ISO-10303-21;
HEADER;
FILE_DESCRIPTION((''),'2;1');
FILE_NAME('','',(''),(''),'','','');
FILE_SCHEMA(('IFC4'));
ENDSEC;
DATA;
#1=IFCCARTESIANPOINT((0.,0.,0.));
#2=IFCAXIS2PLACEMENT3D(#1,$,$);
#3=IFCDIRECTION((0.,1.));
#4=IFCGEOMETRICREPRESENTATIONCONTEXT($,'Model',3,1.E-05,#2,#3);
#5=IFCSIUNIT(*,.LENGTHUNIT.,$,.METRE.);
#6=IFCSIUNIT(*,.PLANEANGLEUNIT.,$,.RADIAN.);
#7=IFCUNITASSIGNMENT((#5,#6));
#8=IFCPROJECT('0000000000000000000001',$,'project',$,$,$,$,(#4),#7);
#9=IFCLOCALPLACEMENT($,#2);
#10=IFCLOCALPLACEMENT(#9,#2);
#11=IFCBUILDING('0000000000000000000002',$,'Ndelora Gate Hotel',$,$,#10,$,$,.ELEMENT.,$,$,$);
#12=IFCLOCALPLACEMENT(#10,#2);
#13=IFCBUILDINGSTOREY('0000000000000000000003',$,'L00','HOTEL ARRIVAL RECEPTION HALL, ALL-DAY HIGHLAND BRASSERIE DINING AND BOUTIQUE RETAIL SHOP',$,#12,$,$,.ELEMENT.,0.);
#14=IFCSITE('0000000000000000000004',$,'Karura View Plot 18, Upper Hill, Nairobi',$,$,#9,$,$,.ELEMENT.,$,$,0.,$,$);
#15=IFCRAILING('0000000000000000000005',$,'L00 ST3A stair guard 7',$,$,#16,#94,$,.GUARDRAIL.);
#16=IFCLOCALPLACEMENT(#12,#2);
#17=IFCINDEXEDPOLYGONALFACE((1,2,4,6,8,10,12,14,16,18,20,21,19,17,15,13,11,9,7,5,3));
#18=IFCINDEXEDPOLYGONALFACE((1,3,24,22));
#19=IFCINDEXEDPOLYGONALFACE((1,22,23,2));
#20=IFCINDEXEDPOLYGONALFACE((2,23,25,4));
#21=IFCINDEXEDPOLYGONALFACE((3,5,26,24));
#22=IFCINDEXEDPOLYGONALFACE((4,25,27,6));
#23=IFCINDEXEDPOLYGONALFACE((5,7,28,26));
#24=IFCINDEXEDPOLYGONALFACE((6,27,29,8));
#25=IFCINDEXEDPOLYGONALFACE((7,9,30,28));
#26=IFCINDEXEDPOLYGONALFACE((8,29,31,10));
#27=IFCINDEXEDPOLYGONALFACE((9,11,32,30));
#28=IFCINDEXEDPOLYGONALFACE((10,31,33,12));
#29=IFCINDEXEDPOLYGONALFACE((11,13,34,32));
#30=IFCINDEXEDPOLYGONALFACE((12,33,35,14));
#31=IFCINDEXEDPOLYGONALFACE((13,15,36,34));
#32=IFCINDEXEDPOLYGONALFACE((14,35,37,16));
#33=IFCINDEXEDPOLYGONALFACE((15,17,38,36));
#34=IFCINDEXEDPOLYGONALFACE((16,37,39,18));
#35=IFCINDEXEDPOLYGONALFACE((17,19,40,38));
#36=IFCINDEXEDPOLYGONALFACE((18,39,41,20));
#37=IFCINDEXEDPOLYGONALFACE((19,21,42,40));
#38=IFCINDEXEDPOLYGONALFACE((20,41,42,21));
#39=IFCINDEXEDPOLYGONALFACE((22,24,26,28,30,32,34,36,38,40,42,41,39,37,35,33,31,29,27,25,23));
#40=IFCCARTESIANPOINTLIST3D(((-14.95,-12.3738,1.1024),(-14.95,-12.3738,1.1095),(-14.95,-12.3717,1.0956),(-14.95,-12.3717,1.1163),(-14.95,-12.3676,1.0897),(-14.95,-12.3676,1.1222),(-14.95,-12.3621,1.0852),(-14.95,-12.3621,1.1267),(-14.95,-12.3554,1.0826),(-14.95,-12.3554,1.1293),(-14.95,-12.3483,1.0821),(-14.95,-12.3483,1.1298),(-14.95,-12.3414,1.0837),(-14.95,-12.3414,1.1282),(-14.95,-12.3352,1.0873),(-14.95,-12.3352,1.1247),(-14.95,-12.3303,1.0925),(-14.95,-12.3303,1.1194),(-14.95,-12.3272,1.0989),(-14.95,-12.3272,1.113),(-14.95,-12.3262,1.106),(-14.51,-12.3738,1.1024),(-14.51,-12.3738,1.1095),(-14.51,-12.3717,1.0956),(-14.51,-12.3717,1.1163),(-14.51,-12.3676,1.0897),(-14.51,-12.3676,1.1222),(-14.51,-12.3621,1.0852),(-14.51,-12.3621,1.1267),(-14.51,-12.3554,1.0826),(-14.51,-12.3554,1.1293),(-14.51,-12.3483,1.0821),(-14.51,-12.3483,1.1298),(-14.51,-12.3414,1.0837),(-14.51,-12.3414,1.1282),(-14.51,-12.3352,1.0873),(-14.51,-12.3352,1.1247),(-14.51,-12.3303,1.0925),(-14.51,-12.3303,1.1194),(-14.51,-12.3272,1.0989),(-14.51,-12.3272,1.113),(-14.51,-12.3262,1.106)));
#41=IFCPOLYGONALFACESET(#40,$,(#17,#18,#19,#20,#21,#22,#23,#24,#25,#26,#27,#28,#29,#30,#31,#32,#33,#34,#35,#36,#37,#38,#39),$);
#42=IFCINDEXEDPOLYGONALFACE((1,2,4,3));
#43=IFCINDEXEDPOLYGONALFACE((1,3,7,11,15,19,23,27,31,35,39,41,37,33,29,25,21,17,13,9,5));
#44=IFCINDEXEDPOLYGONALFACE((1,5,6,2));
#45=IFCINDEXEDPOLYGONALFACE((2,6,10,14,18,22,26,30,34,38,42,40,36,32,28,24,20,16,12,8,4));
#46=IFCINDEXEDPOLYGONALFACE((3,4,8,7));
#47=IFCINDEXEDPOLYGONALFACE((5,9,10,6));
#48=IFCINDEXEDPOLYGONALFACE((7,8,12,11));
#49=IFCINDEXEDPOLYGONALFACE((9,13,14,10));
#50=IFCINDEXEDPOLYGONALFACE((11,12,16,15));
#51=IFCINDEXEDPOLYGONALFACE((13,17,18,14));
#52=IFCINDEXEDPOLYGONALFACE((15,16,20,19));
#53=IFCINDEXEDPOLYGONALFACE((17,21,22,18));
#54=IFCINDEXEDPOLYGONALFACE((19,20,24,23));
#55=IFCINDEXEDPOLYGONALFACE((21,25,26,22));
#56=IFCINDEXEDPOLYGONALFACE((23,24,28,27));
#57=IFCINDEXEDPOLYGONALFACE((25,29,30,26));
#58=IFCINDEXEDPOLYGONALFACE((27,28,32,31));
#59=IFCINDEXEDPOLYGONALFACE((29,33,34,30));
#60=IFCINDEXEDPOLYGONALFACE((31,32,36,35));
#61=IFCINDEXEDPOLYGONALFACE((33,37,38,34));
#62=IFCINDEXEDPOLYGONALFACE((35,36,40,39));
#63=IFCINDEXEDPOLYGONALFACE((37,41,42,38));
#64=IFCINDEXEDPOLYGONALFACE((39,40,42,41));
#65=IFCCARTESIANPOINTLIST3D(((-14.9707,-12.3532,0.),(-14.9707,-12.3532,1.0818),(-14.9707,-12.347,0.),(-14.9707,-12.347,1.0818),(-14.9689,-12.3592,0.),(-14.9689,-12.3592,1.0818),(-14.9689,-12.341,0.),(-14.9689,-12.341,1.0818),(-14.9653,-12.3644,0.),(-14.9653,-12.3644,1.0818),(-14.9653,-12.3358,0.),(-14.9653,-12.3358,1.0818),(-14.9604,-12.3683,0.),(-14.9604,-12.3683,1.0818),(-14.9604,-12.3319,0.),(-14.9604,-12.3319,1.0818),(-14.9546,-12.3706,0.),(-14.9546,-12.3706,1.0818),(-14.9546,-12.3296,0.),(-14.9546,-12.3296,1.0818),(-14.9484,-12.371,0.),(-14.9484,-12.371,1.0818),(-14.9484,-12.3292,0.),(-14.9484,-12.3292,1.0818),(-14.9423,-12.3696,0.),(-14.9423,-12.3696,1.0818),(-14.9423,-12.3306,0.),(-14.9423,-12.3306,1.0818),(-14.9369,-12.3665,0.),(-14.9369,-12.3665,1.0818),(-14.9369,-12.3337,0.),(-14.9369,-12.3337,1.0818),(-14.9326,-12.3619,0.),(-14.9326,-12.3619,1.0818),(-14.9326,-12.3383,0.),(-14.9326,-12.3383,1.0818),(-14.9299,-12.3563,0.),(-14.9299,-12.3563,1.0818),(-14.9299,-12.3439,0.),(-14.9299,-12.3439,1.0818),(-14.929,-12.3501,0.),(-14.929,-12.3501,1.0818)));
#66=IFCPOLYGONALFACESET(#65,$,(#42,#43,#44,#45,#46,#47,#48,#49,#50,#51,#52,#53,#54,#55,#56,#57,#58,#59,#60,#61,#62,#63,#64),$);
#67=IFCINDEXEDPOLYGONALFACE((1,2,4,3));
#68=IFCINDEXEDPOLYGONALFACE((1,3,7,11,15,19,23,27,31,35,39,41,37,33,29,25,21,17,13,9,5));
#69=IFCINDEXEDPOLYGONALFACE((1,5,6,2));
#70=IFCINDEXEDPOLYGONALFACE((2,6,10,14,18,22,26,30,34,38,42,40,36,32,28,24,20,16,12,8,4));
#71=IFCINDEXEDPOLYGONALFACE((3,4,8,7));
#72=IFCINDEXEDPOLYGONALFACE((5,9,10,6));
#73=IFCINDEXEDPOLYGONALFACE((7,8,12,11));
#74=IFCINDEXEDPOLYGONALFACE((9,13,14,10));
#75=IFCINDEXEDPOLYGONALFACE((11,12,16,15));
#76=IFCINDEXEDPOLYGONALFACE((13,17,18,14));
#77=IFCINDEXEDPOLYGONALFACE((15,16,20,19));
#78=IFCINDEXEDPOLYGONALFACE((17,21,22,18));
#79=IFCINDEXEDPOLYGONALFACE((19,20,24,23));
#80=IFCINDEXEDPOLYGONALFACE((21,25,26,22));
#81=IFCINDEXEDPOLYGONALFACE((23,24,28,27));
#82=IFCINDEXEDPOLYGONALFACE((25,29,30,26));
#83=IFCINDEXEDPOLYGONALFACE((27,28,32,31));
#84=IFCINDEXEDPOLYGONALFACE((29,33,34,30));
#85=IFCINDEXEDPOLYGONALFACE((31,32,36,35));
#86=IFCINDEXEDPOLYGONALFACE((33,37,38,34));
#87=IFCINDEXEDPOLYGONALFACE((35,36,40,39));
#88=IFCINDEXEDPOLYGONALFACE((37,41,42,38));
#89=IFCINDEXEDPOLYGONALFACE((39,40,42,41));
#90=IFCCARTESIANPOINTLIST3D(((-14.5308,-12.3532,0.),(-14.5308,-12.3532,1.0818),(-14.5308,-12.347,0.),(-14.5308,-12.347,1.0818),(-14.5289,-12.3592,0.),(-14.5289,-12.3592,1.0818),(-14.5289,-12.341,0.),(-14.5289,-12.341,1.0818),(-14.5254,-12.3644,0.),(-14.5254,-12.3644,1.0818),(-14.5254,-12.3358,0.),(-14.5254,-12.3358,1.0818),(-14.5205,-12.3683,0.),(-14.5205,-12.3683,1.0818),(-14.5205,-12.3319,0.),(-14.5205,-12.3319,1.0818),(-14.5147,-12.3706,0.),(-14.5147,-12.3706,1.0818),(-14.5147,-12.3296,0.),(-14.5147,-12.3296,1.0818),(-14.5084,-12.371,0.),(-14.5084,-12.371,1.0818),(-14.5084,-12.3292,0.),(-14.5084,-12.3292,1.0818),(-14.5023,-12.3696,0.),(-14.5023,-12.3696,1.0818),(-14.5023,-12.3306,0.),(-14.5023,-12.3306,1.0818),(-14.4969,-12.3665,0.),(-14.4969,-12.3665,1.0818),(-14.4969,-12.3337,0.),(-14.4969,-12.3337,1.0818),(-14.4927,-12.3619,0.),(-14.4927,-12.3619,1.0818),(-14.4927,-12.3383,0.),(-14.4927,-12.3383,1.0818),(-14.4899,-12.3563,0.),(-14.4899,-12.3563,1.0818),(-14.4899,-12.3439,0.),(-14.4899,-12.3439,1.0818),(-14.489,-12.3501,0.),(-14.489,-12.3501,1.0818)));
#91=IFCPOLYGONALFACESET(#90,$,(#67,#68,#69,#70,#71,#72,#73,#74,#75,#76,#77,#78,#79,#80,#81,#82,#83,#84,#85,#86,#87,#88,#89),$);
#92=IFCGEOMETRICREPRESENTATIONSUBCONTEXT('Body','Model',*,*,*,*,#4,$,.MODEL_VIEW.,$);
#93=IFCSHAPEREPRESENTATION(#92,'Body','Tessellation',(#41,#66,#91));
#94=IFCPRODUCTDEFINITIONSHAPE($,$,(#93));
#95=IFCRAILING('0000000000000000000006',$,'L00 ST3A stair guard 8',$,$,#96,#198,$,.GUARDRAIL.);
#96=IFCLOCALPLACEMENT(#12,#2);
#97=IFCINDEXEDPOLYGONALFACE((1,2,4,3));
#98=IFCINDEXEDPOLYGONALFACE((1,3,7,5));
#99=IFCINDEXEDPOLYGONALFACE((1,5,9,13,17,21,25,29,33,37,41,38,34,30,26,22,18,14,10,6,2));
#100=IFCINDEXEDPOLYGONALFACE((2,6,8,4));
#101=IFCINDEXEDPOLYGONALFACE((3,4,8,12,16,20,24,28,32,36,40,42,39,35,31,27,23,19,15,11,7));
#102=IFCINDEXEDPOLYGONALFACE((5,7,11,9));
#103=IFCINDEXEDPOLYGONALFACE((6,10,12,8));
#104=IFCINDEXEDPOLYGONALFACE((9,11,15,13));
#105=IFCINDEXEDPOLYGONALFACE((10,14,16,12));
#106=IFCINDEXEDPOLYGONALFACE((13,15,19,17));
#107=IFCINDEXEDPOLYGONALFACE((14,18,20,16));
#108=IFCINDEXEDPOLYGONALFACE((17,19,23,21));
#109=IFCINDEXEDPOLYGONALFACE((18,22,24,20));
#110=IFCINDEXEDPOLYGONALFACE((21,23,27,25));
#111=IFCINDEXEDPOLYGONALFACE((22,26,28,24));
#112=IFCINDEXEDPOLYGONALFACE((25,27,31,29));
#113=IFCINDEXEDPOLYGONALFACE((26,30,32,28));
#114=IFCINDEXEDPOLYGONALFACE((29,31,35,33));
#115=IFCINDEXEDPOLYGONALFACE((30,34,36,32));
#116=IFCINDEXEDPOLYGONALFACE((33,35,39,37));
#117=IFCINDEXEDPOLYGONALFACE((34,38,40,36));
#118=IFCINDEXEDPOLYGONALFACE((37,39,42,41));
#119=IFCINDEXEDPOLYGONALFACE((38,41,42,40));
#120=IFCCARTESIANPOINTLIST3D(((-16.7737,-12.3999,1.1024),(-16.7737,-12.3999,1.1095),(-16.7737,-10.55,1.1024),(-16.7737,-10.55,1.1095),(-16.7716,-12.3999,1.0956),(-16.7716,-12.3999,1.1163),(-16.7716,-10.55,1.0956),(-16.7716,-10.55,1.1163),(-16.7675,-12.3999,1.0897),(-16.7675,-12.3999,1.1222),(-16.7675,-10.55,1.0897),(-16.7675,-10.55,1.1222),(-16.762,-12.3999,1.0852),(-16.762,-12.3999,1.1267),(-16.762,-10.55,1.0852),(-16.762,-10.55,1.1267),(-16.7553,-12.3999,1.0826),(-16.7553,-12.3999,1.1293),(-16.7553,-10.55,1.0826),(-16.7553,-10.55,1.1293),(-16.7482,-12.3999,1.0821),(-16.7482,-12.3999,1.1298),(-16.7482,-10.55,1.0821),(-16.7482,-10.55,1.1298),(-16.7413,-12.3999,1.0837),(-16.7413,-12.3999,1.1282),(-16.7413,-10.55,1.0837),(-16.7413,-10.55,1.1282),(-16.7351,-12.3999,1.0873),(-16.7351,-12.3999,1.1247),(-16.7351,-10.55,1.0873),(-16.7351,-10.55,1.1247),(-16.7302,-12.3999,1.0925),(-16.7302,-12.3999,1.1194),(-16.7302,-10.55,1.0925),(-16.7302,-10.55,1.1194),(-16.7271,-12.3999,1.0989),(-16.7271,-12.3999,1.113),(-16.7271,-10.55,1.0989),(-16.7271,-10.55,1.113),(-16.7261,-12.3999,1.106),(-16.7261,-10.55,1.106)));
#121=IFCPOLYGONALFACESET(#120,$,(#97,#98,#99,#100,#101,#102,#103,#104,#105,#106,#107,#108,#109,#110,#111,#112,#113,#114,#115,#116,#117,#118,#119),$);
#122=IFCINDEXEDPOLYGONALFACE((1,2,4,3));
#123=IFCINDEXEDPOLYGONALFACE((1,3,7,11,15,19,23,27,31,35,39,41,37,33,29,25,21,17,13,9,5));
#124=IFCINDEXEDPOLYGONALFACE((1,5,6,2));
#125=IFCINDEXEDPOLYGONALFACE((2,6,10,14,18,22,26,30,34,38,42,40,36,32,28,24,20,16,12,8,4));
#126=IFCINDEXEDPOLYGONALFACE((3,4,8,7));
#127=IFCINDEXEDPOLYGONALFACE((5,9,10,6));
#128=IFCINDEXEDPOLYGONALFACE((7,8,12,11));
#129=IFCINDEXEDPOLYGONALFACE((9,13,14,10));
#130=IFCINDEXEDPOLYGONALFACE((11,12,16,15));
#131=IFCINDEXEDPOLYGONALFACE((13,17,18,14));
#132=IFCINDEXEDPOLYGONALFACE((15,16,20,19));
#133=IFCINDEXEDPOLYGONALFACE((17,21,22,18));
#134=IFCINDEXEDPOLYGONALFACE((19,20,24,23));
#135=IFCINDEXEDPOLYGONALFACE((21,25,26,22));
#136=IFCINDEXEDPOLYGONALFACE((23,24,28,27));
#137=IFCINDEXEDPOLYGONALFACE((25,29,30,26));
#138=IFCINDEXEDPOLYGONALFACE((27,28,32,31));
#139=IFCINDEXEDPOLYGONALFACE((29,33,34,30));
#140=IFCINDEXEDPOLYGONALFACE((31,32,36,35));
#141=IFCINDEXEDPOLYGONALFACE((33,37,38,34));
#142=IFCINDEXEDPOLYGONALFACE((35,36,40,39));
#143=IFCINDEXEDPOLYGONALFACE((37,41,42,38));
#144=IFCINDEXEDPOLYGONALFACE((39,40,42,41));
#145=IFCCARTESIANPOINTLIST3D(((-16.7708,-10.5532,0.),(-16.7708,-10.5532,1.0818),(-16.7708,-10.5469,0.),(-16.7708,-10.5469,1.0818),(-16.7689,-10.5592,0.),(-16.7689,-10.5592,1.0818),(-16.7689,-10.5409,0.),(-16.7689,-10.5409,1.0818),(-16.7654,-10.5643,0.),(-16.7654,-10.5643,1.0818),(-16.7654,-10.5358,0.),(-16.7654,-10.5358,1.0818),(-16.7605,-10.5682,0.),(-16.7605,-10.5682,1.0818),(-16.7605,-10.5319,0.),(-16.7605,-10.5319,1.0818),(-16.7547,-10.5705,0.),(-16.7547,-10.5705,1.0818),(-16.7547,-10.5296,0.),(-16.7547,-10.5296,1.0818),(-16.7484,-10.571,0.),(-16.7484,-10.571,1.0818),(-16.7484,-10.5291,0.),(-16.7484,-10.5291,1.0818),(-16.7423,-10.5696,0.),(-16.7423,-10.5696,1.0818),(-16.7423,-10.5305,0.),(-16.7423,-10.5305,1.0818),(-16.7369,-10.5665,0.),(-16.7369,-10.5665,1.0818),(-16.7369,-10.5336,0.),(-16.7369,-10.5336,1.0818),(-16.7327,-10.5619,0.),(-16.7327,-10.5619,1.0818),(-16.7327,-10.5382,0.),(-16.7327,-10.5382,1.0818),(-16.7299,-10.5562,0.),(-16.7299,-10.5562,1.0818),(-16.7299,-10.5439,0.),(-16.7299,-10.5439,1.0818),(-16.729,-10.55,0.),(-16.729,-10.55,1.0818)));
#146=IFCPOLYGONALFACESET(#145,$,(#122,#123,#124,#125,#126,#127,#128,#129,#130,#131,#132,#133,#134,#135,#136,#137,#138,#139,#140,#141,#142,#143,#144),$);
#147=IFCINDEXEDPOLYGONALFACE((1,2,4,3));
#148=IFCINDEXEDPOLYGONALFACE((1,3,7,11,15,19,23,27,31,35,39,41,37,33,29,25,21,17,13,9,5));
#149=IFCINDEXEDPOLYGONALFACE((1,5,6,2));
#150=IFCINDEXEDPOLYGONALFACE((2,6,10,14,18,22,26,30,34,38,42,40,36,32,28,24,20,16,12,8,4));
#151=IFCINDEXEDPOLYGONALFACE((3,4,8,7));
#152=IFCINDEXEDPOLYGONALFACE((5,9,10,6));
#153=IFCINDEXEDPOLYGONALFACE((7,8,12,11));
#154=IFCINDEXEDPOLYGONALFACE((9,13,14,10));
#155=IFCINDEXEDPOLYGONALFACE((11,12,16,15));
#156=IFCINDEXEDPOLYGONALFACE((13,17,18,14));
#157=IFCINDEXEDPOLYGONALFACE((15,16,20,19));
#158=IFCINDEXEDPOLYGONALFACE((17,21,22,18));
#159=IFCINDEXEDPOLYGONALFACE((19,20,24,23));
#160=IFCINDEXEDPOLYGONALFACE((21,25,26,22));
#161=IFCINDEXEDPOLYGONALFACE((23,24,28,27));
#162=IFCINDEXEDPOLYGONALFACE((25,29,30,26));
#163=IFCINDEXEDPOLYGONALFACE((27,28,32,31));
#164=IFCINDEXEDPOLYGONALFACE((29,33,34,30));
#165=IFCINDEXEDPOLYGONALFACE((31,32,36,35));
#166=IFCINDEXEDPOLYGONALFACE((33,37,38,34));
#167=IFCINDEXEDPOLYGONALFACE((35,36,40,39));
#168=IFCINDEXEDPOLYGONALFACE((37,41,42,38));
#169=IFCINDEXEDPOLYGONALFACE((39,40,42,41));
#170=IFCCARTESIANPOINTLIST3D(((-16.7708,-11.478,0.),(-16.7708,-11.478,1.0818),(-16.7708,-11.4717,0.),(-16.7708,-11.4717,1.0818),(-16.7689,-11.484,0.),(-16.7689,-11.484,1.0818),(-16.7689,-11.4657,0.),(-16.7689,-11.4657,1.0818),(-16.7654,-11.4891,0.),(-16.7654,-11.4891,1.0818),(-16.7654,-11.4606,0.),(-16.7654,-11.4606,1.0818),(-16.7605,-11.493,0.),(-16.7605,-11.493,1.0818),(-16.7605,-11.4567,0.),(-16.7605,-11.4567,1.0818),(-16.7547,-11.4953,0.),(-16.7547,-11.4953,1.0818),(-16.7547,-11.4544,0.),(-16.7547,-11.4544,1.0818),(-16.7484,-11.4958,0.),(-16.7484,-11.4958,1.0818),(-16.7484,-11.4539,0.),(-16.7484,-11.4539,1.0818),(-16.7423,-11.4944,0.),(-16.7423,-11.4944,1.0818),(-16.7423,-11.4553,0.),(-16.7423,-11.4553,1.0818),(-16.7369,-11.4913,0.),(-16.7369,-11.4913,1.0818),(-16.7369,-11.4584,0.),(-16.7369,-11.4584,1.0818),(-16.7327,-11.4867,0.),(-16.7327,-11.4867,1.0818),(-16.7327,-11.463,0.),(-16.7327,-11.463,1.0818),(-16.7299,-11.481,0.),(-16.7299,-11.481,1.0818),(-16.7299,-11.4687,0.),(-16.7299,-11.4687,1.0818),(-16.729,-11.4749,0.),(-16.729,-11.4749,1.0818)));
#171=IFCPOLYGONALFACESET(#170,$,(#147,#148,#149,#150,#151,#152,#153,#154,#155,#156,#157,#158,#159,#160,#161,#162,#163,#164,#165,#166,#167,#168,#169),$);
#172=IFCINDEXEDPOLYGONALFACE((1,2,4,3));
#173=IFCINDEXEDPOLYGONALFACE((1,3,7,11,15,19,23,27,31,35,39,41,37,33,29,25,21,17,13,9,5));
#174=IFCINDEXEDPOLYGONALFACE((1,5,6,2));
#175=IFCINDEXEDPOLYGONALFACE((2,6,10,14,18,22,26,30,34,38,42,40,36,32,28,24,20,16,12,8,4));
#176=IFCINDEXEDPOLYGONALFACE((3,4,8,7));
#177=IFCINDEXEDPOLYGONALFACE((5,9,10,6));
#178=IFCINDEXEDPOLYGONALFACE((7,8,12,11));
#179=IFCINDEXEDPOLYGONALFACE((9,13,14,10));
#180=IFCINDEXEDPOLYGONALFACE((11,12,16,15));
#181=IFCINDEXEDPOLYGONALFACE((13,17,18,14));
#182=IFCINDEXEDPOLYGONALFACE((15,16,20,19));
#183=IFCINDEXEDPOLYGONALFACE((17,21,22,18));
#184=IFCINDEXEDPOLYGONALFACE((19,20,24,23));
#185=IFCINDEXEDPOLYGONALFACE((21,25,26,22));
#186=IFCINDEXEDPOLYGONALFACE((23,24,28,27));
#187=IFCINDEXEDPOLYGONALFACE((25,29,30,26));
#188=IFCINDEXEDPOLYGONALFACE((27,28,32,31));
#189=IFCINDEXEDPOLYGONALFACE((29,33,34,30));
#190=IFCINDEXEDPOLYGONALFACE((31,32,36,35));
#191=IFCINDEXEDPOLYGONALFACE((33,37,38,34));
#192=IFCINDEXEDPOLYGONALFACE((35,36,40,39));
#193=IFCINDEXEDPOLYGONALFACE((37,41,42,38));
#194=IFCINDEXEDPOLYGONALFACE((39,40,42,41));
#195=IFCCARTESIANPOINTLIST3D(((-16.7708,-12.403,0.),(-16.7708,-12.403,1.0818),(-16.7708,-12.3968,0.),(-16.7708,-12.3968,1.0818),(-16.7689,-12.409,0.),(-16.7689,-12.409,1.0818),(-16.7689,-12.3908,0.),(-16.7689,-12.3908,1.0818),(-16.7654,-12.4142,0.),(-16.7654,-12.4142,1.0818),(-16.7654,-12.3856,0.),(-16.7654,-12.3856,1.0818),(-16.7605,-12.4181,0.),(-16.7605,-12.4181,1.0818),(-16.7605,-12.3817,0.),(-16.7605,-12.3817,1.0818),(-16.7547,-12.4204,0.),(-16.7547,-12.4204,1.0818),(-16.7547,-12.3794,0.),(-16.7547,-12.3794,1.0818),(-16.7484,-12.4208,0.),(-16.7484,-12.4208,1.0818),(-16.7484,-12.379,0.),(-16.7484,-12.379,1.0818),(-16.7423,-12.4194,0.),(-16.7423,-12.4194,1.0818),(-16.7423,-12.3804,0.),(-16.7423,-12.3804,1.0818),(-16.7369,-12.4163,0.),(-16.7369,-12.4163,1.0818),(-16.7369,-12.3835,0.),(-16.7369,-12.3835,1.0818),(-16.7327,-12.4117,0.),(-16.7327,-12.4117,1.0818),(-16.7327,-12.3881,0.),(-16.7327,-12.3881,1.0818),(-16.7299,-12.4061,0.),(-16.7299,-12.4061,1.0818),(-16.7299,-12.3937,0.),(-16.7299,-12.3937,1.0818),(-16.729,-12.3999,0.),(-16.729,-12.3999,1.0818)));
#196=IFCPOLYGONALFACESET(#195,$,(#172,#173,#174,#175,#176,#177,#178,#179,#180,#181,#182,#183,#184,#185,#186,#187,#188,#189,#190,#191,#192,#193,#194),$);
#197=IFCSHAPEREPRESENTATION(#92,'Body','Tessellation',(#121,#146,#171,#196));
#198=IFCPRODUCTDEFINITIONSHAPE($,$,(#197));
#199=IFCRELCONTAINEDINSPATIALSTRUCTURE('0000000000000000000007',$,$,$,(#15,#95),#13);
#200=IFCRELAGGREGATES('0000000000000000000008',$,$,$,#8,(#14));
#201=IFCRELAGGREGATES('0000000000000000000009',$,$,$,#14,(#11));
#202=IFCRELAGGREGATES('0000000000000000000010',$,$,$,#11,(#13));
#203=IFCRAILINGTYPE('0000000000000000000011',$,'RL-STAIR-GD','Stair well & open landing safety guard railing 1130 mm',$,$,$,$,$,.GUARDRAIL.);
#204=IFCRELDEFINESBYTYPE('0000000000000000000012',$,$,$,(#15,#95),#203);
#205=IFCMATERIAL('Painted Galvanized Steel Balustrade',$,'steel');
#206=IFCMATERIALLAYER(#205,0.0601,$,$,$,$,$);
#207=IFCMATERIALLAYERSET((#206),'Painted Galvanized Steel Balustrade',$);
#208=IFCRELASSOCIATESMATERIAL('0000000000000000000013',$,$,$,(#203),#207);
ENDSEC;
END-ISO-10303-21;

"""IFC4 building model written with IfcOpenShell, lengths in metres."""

from ifc_helpers import new_model, si_unit, direction, frame, origin, origin_2d, place, context, subcontext, project, spatial, circle, extrude, material, layer, layer_set, type_object, element, save


model = new_model("IFC4")

# Units and contexts
model_context = context("Model", 3, precision=1e-05, world=origin(), true_north=direction((0.0, 1.0)))
body_context = subcontext(model_context, "Body", "Model", "MODEL_VIEW")
ifc_project = project(units=[si_unit("LENGTHUNIT", "METRE"), si_unit("PLANEANGLEUNIT", "RADIAN")], contexts=[model_context])

# Site, building, storey
site_placement = place(None, origin())
site = spatial("IfcSite", under=ifc_project, at=site_placement, Name="Karura View Plot 18, Upper Hill, Nairobi", CompositionType="ELEMENT", RefElevation=0.0)
building_placement = place(site_placement, origin())
building = spatial("IfcBuilding", under=site, at=building_placement, Name="Ndelora Gate Hotel", CompositionType="ELEMENT")
storey_placement = place(building_placement, origin())
storey = spatial("IfcBuildingStorey", under=building, at=storey_placement, Name="L00", Description="HOTEL ARRIVAL RECEPTION HALL, ALL-DAY HIGHLAND BRASSERIE DINING AND BOUTIQUE RETAIL SHOP", CompositionType="ELEMENT", Elevation=0.0)

# Railings
ifc_material_1 = material(Name="Painted Galvanized Steel Balustrade", Category="steel")
ifc_layer_1 = layer(ifc_material_1, 0.0601)
ifc_layer_set_1 = layer_set([ifc_layer_1], Name="Painted Galvanized Steel Balustrade")
railing_type_1 = type_object("IfcRailingType", Name="RL-STAIR-GD", Description="Stair well & open landing safety guard railing 1130 mm", PredefinedType="GUARDRAIL", material=ifc_layer_set_1)
railing_1_placement = place(storey_placement, frame((-14.95, -12.3501, 0.0)))
element("IfcRailing", 1, at=railing_1_placement, inside=storey, type_object=railing_type_1, Name="L00 ST3A stair guard 7", PredefinedType="GUARDRAIL", context=body_context, shape_type="SweptSolid", body=[
    extrude(circle(Radius=0.0239, at=origin_2d()), frame((0.0, 0.0, 1.106), z_axis=(1.0, 0.0, 0.0), x_axis=(0.0, 1.0, 0.0)), (0.0, 0.0, 1.0), 0.4399),
    extrude(circle(Radius=0.021, at=origin_2d()), origin(), (0.0, 0.0, 1.0), 1.0818),
    extrude(circle(Radius=0.021, at=origin_2d()), frame((0.4399, 0.0, 0.0)), (0.0, 0.0, 1.0), 1.0818),
])
for number, where, name in (
    (2, (-16.75, -10.55, 0.0), "L00 ST3A stair guard 8"),
):
    element("IfcRailing", number, at=place(storey_placement, frame(where)), inside=storey, type_object=railing_type_1, Name=name, PredefinedType="GUARDRAIL", context=body_context, shape_type="SweptSolid", body=[
        extrude(circle(Radius=0.0239, at=origin_2d()), frame((0.0, 0.0, 1.106), z_axis=(0.0, -1.0, 0.0), x_axis=(1.0, 0.0, 0.0)), (0.0, 0.0, 1.0), 1.8499),
        extrude(circle(Radius=0.021, at=origin_2d()), origin(), (0.0, 0.0, 1.0), 1.0818),
        extrude(circle(Radius=0.021, at=origin_2d()), frame((0.0, -0.9248, 0.0)), (0.0, 0.0, 1.0), 1.0818),
        extrude(circle(Radius=0.021, at=origin_2d()), frame((0.0, -1.8499, 0.0)), (0.0, 0.0, 1.0), 1.0818),
    ])

save(model, "model.ifc")
